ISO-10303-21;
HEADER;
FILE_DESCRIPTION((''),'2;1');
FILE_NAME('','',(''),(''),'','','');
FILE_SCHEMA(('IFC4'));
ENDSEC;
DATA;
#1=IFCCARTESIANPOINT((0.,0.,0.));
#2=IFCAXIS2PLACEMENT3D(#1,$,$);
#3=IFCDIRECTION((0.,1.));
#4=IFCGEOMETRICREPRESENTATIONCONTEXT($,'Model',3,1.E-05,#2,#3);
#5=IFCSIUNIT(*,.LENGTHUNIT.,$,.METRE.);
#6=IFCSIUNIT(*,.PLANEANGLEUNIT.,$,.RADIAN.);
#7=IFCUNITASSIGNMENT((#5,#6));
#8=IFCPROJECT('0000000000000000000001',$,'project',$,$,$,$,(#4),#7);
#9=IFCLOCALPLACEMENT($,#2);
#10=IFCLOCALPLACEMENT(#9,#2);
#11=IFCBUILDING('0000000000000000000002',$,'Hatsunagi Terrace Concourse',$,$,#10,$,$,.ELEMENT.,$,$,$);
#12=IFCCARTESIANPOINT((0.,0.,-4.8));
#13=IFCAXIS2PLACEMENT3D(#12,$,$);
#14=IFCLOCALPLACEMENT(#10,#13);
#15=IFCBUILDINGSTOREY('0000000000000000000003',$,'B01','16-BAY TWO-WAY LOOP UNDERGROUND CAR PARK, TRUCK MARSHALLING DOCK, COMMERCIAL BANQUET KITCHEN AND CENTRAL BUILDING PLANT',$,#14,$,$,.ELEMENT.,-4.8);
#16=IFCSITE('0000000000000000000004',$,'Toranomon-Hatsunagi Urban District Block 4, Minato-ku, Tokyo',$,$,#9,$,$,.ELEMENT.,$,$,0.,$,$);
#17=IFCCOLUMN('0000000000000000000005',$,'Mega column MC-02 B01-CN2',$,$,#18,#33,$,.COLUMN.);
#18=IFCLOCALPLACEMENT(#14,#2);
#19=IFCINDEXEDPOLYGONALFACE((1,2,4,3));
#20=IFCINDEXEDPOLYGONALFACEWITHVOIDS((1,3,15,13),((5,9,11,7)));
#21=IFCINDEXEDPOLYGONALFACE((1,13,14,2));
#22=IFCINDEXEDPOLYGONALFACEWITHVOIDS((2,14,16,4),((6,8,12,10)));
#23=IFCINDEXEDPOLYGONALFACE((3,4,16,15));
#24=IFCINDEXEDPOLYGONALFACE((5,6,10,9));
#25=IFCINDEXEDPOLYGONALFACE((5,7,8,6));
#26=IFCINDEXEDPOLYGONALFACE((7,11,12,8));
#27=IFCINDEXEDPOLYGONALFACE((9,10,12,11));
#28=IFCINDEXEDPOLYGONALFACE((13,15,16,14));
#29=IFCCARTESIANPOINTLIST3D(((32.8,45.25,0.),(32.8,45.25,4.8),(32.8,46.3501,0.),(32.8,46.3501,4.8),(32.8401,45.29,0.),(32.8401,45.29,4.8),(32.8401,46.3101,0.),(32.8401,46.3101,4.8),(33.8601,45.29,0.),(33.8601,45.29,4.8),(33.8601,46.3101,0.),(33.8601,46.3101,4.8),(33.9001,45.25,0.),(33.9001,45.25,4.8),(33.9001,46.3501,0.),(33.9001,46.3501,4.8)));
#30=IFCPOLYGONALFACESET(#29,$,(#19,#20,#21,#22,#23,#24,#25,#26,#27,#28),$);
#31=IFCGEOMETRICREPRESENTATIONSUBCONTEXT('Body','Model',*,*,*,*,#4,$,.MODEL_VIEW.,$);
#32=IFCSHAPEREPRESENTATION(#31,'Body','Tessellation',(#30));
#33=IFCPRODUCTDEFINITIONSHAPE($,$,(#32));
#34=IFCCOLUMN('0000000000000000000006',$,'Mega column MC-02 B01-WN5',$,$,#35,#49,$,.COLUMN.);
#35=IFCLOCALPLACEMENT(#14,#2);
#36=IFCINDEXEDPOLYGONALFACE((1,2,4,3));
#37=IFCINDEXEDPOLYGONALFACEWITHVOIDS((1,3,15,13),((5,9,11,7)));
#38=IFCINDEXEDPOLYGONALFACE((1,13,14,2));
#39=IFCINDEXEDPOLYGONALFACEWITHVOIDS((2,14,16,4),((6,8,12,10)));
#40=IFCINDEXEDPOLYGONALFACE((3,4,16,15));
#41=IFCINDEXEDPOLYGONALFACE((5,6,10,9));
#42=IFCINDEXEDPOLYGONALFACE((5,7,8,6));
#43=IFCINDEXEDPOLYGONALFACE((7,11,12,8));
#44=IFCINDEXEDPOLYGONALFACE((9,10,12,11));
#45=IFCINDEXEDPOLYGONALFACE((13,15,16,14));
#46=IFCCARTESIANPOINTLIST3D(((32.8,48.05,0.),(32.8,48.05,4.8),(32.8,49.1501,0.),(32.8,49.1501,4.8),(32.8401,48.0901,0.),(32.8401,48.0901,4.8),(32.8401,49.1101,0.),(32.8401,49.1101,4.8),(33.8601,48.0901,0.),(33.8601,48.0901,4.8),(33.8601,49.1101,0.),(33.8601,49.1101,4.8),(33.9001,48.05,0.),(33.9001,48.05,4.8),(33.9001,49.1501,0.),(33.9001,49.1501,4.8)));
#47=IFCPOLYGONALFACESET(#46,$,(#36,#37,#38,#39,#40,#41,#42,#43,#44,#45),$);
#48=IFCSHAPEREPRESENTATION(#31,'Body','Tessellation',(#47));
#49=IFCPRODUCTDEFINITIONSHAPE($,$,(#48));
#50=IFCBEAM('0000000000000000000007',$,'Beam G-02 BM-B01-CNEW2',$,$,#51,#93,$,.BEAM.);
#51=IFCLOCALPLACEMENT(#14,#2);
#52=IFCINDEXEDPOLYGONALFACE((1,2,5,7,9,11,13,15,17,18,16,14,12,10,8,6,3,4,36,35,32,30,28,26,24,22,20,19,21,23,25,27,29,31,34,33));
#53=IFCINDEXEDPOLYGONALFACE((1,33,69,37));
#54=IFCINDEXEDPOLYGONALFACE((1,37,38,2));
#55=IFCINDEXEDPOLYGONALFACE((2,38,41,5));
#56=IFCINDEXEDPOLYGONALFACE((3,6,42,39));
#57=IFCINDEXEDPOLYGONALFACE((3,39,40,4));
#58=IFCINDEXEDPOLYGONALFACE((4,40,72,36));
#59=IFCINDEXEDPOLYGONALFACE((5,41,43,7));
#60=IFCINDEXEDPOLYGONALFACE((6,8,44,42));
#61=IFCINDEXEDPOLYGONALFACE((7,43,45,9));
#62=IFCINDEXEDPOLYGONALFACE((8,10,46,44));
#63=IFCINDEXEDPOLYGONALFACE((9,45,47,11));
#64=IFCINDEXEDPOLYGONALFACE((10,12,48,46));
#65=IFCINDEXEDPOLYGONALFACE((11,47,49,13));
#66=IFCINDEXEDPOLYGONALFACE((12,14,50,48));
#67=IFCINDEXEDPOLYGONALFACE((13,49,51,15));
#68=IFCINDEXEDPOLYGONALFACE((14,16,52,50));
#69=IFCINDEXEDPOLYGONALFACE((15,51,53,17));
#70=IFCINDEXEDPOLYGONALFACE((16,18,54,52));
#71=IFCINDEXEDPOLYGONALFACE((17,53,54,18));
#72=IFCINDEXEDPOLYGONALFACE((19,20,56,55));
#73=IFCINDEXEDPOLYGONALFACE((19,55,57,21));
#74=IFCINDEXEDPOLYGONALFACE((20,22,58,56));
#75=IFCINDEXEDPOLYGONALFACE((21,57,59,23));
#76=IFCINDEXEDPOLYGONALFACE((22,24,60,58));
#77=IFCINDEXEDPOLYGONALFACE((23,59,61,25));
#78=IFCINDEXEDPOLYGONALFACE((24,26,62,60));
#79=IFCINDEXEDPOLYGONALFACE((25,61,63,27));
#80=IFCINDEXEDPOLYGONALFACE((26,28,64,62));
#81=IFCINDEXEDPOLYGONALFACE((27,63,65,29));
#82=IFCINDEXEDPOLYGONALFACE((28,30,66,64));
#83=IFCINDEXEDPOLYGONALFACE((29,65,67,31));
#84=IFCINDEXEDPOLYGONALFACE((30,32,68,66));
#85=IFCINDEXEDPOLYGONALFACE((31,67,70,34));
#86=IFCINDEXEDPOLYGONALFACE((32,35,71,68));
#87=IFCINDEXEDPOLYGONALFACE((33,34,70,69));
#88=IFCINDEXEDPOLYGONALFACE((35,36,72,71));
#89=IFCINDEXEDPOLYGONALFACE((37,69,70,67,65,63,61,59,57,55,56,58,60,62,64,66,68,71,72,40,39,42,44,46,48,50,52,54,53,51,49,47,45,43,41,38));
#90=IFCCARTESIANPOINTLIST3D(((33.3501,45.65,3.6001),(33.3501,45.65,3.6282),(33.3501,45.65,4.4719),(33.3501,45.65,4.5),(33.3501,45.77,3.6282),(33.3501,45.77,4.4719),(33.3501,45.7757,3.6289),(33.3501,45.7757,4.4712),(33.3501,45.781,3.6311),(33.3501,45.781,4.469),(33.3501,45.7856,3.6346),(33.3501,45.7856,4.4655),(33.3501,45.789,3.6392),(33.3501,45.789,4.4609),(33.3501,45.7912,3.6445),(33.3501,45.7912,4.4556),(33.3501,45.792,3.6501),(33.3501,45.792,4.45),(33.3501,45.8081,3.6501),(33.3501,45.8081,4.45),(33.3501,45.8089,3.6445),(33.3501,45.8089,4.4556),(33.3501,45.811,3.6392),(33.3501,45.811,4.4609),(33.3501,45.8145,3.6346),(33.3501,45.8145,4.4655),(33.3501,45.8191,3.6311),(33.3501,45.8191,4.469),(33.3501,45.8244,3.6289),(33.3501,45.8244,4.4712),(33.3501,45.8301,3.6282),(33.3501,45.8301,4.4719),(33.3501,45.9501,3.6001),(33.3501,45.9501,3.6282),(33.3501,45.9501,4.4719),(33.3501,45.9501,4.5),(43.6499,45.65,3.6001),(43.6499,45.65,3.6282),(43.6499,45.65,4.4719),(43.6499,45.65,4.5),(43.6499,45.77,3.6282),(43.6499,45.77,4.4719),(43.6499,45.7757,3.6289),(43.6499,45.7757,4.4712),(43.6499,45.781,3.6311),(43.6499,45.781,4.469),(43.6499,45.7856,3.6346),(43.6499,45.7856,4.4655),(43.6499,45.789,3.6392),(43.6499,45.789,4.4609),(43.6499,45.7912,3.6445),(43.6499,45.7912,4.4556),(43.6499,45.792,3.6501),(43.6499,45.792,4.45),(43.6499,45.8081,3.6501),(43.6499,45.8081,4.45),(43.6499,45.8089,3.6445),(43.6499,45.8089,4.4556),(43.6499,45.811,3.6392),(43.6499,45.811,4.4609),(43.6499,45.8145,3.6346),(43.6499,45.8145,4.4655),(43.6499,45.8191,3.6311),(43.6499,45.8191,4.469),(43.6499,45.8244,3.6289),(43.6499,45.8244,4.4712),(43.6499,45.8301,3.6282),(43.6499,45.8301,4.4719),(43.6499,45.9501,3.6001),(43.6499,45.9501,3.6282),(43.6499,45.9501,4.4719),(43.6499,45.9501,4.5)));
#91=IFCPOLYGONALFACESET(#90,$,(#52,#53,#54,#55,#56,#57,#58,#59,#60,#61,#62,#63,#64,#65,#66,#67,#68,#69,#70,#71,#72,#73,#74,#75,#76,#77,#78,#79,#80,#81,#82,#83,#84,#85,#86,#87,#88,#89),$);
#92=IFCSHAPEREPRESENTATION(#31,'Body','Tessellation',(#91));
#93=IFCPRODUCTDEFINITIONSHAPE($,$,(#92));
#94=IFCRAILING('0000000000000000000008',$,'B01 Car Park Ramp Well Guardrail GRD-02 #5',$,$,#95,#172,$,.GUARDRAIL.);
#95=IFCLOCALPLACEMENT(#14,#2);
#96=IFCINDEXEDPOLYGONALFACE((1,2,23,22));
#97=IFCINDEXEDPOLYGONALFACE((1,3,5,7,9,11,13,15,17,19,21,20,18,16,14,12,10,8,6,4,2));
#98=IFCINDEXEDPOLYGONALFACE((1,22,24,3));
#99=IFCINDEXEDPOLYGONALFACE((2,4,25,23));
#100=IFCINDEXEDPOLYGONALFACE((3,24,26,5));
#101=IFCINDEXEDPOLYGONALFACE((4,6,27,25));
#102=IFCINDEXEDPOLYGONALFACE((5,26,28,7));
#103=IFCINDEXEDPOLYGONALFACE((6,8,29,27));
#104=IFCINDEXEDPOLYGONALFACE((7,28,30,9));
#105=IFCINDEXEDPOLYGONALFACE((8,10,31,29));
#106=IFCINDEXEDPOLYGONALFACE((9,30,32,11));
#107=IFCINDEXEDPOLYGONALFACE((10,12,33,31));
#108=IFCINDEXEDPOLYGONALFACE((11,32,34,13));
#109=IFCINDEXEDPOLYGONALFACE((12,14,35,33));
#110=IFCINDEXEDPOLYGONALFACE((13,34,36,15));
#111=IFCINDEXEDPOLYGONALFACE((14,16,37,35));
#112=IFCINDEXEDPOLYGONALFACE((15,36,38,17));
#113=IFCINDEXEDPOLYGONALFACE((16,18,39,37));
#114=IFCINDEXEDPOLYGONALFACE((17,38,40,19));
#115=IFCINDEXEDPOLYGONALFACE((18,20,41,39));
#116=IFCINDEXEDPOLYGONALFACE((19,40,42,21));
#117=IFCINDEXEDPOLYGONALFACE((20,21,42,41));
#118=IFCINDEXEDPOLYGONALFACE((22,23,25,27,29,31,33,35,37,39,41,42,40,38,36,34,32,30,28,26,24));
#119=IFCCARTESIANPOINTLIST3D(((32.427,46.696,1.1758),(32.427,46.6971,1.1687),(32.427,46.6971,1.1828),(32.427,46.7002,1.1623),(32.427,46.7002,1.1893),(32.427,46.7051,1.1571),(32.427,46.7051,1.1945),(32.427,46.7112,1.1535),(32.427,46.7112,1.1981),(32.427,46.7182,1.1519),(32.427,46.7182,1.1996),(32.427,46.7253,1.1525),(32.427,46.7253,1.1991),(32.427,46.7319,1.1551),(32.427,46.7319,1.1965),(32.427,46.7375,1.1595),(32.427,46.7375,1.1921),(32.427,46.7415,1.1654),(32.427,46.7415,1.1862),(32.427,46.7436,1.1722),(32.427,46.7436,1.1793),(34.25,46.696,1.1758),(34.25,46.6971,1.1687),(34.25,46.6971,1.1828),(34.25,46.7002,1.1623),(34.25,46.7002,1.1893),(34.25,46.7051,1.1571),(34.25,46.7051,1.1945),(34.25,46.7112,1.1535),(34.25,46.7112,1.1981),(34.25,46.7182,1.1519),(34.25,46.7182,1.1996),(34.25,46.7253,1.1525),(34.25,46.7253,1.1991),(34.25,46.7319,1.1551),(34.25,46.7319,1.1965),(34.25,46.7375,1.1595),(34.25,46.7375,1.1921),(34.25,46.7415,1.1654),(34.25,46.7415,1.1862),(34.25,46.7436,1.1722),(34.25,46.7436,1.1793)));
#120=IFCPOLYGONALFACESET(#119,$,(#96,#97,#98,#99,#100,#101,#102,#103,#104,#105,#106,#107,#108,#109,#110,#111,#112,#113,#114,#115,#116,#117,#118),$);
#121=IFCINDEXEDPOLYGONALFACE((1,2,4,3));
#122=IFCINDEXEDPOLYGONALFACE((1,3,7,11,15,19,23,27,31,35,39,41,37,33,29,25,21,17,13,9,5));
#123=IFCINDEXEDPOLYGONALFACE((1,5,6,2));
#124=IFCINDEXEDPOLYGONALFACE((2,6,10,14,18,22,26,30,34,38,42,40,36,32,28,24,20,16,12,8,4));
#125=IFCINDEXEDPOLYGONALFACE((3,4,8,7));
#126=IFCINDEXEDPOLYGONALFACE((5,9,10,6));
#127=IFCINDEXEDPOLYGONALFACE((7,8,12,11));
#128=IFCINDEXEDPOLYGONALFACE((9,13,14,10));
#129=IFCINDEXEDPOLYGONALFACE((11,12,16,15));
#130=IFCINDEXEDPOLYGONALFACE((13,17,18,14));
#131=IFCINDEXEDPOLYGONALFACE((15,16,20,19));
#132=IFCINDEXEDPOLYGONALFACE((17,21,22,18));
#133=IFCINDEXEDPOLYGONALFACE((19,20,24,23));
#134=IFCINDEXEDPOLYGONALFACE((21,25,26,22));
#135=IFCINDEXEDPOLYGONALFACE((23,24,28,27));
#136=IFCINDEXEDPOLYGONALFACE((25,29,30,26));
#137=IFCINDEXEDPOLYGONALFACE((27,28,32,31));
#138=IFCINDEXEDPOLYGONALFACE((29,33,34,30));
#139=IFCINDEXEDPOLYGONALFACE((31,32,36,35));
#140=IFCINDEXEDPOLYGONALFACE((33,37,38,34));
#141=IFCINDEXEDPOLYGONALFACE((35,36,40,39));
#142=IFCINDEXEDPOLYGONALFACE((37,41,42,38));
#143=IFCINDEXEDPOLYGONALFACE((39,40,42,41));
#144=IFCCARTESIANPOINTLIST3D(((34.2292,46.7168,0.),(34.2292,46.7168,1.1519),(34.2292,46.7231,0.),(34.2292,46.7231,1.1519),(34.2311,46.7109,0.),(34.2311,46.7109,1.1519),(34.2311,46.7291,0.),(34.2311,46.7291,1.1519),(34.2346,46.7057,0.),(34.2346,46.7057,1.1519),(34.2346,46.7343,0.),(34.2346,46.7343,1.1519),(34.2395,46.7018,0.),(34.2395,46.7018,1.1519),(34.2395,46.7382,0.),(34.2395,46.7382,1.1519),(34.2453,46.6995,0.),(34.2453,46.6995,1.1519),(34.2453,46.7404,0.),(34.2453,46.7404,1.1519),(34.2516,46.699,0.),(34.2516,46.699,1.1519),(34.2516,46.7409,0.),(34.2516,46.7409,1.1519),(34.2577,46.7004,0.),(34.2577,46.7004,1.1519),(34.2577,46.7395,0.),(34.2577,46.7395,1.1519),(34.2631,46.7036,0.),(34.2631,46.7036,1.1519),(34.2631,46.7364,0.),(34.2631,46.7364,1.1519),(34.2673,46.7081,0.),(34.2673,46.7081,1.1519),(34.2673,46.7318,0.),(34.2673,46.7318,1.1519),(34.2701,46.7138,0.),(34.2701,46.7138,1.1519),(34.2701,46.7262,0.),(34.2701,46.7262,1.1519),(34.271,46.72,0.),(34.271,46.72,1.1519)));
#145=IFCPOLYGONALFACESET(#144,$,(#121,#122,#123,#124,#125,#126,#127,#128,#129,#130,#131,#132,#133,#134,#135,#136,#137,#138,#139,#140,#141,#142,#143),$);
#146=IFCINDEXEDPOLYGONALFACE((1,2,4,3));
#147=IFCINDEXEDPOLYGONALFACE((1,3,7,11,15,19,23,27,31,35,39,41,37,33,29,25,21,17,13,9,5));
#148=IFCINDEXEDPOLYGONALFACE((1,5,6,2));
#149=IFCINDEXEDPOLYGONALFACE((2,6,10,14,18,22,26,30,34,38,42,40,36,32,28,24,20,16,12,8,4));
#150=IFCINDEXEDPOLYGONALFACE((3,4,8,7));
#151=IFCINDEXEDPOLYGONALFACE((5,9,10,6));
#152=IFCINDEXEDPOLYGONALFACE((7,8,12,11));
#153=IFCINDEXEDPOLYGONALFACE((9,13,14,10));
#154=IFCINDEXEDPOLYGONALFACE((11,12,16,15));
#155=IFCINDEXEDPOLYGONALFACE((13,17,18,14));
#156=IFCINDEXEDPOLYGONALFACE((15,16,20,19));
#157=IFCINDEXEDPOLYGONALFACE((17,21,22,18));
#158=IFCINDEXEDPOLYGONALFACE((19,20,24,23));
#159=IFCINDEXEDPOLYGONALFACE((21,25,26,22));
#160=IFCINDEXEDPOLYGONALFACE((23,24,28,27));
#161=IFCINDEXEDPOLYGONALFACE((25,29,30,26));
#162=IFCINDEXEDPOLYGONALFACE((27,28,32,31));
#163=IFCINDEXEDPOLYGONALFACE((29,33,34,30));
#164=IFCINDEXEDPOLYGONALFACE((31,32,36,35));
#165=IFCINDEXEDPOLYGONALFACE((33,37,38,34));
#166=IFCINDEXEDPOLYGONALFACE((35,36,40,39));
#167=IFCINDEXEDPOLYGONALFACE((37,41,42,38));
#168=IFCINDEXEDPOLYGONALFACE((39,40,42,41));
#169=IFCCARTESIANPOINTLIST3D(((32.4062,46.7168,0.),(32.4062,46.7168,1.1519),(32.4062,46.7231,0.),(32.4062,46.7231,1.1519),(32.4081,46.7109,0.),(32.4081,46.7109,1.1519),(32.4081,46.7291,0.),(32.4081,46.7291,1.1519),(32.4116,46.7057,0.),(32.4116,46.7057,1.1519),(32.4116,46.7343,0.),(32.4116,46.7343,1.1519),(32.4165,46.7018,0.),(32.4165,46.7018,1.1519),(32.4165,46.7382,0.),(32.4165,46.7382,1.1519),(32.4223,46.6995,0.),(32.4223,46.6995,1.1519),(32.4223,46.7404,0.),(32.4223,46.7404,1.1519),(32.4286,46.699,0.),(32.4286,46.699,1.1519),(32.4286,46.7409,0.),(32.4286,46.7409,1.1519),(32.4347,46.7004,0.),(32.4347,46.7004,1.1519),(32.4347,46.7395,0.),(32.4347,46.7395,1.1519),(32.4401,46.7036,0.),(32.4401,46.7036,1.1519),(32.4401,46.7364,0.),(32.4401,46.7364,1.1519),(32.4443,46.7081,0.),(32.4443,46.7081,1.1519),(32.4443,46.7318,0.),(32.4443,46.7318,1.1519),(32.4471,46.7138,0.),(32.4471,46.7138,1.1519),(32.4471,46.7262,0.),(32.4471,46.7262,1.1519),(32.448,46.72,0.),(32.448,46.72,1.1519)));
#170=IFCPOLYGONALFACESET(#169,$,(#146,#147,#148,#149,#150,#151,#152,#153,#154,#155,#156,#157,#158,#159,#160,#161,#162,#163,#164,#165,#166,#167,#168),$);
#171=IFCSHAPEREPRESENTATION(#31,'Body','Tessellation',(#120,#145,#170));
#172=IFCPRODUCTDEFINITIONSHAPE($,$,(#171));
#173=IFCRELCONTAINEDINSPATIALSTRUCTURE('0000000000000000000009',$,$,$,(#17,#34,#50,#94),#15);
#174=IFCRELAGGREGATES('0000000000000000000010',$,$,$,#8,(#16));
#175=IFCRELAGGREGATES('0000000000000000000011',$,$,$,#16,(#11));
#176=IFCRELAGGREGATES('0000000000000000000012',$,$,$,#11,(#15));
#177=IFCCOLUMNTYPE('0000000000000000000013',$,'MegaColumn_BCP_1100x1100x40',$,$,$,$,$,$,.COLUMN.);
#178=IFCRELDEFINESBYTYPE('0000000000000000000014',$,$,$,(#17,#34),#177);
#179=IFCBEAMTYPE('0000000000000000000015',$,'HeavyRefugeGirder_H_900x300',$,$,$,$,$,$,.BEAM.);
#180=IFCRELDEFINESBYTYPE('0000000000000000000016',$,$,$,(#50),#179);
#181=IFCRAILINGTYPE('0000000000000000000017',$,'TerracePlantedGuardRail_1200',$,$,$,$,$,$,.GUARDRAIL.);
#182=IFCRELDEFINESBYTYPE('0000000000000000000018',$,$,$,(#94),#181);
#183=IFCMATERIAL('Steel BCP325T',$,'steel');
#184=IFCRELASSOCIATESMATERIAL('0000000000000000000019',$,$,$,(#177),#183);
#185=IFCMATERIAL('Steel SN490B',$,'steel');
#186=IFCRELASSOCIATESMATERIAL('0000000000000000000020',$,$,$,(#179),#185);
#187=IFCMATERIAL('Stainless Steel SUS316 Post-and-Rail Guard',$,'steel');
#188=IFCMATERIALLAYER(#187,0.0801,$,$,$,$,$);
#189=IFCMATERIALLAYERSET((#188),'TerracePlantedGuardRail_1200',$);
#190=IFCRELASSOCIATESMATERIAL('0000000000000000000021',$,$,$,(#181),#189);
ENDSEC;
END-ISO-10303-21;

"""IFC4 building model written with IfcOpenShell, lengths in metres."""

from ifc_helpers import new_model, si_unit, direction, frame, origin, origin_2d, place, context, subcontext, project, spatial, hollow_rectangle, circle, i_section, extrude, material, layer, layer_set, material_profile, profile_set, type_object, element, save


model = new_model("IFC4")

# Units and contexts
model_context = context("Model", 3, precision=1e-05, world=origin(), true_north=direction((0.0, 1.0)))
body_context = subcontext(model_context, "Body", "Model", "MODEL_VIEW")
ifc_project = project(units=[si_unit("LENGTHUNIT", "METRE"), si_unit("PLANEANGLEUNIT", "RADIAN")], contexts=[model_context])

# Site, building, storey
site_placement = place(None, origin())
site = spatial("IfcSite", under=ifc_project, at=site_placement, Name="Toranomon-Hatsunagi Urban District Block 4, Minato-ku, Tokyo", CompositionType="ELEMENT", RefElevation=0.0)
building_placement = place(site_placement, origin())
building = spatial("IfcBuilding", under=site, at=building_placement, Name="Hatsunagi Terrace Concourse", CompositionType="ELEMENT")
storey_placement = place(building_placement, frame((0.0, 0.0, -4.8)))
storey = spatial("IfcBuildingStorey", under=building, at=storey_placement, Name="B01", Description="16-BAY TWO-WAY LOOP UNDERGROUND CAR PARK, TRUCK MARSHALLING DOCK, COMMERCIAL BANQUET KITCHEN AND CENTRAL BUILDING PLANT", CompositionType="ELEMENT", Elevation=-4.8)

# Columns
ifc_material_1 = material(Name="Steel BCP325T", Category="steel")
ifc_material_profile_1 = material_profile(ifc_material_1, hollow_rectangle(XDim=1.1001, YDim=1.1001, WallThickness=0.04, at=origin_2d()), Name="BCP-1100x1100x40")
ifc_profile_set_1 = profile_set([ifc_material_profile_1], Name="Steel BCP325T")
column_type = type_object("IfcColumnType", Name="MegaColumn_BCP_1100x1100x40", PredefinedType="COLUMN", material=ifc_profile_set_1)
for number, where, z_axis, x_axis, name in (
    (1, (33.3501, 45.8, 0.0), (0.0, 0.0, 1.0), (1.0, 0.0, 0.0), "Mega column MC-02 B01-CN2"),
    (2, (33.3501, 48.6001, 0.0), (0.0, 0.0, 1.0), (1.0, 0.0, 0.0), "Mega column MC-02 B01-WN5"),
):
    element("IfcColumn", number, at=place(storey_placement, frame(where, z_axis=z_axis, x_axis=x_axis)), inside=storey, type_object=column_type, Name=name, PredefinedType="COLUMN", context=body_context, shape_type="SweptSolid", body=[
        extrude(hollow_rectangle(XDim=1.1001, YDim=1.1001, WallThickness=0.04, at=origin_2d()), origin(), (0.0, 0.0, 1.0), 4.8),
    ])

# Beam
ifc_material_2 = material(Name="Steel SN490B", Category="steel")
ifc_material_profile_2 = material_profile(ifc_material_2, i_section(OverallWidth=0.3, OverallDepth=0.8999, WebThickness=0.0161, FlangeThickness=0.0281, FilletRadius=0.022, at=origin_2d()), Name="H-900x300x16x28")
ifc_profile_set_2 = profile_set([ifc_material_profile_2], Name="Steel SN490B")
beam_type = type_object("IfcBeamType", Name="HeavyRefugeGirder_H_900x300", PredefinedType="BEAM", material=ifc_profile_set_2)
beam_placement = place(storey_placement, frame((33.3501, 45.8, 4.05), z_axis=(1.0, 0.0, 0.0), x_axis=(0.0, 1.0, 0.0)))
element("IfcBeam", 3, at=beam_placement, inside=storey, type_object=beam_type, Name="Beam G-02 BM-B01-CNEW2", PredefinedType="BEAM", context=body_context, shape_type="SweptSolid", body=[
    extrude(i_section(OverallWidth=0.3, OverallDepth=0.8999, WebThickness=0.0161, FlangeThickness=0.0281, FilletRadius=0.022, at=origin_2d()), origin(), (0.0, 0.0, 1.0), 10.2998),
])

# Railing
ifc_material_3 = material(Name="Stainless Steel SUS316 Post-and-Rail Guard", Category="steel")
ifc_layer = layer(ifc_material_3, 0.0801)
ifc_layer_set = layer_set([ifc_layer], Name="TerracePlantedGuardRail_1200")
railing_type = type_object("IfcRailingType", Name="TerracePlantedGuardRail_1200", PredefinedType="GUARDRAIL", material=ifc_layer_set)
railing_1_placement = place(storey_placement, frame((34.25, 46.72, 0.0)))
element("IfcRailing", 4, at=railing_1_placement, inside=storey, type_object=railing_type, Name="B01 Car Park Ramp Well Guardrail GRD-02 #5", PredefinedType="GUARDRAIL", context=body_context, shape_type="SweptSolid", body=[
    extrude(circle(Radius=0.0239, at=origin_2d()), frame((0.0, 0.0, 1.1758), z_axis=(-1.0, 0.0, 0.0), x_axis=(0.0, -1.0, 0.0)), (0.0, 0.0, 1.0), 1.823),
    extrude(circle(Radius=0.021, at=origin_2d()), origin(), (0.0, 0.0, 1.0), 1.1519),
    extrude(circle(Radius=0.021, at=origin_2d()), frame((-1.823, 0.0, 0.0)), (0.0, 0.0, 1.0), 1.1519),
])

save(model, "model.ifc")
